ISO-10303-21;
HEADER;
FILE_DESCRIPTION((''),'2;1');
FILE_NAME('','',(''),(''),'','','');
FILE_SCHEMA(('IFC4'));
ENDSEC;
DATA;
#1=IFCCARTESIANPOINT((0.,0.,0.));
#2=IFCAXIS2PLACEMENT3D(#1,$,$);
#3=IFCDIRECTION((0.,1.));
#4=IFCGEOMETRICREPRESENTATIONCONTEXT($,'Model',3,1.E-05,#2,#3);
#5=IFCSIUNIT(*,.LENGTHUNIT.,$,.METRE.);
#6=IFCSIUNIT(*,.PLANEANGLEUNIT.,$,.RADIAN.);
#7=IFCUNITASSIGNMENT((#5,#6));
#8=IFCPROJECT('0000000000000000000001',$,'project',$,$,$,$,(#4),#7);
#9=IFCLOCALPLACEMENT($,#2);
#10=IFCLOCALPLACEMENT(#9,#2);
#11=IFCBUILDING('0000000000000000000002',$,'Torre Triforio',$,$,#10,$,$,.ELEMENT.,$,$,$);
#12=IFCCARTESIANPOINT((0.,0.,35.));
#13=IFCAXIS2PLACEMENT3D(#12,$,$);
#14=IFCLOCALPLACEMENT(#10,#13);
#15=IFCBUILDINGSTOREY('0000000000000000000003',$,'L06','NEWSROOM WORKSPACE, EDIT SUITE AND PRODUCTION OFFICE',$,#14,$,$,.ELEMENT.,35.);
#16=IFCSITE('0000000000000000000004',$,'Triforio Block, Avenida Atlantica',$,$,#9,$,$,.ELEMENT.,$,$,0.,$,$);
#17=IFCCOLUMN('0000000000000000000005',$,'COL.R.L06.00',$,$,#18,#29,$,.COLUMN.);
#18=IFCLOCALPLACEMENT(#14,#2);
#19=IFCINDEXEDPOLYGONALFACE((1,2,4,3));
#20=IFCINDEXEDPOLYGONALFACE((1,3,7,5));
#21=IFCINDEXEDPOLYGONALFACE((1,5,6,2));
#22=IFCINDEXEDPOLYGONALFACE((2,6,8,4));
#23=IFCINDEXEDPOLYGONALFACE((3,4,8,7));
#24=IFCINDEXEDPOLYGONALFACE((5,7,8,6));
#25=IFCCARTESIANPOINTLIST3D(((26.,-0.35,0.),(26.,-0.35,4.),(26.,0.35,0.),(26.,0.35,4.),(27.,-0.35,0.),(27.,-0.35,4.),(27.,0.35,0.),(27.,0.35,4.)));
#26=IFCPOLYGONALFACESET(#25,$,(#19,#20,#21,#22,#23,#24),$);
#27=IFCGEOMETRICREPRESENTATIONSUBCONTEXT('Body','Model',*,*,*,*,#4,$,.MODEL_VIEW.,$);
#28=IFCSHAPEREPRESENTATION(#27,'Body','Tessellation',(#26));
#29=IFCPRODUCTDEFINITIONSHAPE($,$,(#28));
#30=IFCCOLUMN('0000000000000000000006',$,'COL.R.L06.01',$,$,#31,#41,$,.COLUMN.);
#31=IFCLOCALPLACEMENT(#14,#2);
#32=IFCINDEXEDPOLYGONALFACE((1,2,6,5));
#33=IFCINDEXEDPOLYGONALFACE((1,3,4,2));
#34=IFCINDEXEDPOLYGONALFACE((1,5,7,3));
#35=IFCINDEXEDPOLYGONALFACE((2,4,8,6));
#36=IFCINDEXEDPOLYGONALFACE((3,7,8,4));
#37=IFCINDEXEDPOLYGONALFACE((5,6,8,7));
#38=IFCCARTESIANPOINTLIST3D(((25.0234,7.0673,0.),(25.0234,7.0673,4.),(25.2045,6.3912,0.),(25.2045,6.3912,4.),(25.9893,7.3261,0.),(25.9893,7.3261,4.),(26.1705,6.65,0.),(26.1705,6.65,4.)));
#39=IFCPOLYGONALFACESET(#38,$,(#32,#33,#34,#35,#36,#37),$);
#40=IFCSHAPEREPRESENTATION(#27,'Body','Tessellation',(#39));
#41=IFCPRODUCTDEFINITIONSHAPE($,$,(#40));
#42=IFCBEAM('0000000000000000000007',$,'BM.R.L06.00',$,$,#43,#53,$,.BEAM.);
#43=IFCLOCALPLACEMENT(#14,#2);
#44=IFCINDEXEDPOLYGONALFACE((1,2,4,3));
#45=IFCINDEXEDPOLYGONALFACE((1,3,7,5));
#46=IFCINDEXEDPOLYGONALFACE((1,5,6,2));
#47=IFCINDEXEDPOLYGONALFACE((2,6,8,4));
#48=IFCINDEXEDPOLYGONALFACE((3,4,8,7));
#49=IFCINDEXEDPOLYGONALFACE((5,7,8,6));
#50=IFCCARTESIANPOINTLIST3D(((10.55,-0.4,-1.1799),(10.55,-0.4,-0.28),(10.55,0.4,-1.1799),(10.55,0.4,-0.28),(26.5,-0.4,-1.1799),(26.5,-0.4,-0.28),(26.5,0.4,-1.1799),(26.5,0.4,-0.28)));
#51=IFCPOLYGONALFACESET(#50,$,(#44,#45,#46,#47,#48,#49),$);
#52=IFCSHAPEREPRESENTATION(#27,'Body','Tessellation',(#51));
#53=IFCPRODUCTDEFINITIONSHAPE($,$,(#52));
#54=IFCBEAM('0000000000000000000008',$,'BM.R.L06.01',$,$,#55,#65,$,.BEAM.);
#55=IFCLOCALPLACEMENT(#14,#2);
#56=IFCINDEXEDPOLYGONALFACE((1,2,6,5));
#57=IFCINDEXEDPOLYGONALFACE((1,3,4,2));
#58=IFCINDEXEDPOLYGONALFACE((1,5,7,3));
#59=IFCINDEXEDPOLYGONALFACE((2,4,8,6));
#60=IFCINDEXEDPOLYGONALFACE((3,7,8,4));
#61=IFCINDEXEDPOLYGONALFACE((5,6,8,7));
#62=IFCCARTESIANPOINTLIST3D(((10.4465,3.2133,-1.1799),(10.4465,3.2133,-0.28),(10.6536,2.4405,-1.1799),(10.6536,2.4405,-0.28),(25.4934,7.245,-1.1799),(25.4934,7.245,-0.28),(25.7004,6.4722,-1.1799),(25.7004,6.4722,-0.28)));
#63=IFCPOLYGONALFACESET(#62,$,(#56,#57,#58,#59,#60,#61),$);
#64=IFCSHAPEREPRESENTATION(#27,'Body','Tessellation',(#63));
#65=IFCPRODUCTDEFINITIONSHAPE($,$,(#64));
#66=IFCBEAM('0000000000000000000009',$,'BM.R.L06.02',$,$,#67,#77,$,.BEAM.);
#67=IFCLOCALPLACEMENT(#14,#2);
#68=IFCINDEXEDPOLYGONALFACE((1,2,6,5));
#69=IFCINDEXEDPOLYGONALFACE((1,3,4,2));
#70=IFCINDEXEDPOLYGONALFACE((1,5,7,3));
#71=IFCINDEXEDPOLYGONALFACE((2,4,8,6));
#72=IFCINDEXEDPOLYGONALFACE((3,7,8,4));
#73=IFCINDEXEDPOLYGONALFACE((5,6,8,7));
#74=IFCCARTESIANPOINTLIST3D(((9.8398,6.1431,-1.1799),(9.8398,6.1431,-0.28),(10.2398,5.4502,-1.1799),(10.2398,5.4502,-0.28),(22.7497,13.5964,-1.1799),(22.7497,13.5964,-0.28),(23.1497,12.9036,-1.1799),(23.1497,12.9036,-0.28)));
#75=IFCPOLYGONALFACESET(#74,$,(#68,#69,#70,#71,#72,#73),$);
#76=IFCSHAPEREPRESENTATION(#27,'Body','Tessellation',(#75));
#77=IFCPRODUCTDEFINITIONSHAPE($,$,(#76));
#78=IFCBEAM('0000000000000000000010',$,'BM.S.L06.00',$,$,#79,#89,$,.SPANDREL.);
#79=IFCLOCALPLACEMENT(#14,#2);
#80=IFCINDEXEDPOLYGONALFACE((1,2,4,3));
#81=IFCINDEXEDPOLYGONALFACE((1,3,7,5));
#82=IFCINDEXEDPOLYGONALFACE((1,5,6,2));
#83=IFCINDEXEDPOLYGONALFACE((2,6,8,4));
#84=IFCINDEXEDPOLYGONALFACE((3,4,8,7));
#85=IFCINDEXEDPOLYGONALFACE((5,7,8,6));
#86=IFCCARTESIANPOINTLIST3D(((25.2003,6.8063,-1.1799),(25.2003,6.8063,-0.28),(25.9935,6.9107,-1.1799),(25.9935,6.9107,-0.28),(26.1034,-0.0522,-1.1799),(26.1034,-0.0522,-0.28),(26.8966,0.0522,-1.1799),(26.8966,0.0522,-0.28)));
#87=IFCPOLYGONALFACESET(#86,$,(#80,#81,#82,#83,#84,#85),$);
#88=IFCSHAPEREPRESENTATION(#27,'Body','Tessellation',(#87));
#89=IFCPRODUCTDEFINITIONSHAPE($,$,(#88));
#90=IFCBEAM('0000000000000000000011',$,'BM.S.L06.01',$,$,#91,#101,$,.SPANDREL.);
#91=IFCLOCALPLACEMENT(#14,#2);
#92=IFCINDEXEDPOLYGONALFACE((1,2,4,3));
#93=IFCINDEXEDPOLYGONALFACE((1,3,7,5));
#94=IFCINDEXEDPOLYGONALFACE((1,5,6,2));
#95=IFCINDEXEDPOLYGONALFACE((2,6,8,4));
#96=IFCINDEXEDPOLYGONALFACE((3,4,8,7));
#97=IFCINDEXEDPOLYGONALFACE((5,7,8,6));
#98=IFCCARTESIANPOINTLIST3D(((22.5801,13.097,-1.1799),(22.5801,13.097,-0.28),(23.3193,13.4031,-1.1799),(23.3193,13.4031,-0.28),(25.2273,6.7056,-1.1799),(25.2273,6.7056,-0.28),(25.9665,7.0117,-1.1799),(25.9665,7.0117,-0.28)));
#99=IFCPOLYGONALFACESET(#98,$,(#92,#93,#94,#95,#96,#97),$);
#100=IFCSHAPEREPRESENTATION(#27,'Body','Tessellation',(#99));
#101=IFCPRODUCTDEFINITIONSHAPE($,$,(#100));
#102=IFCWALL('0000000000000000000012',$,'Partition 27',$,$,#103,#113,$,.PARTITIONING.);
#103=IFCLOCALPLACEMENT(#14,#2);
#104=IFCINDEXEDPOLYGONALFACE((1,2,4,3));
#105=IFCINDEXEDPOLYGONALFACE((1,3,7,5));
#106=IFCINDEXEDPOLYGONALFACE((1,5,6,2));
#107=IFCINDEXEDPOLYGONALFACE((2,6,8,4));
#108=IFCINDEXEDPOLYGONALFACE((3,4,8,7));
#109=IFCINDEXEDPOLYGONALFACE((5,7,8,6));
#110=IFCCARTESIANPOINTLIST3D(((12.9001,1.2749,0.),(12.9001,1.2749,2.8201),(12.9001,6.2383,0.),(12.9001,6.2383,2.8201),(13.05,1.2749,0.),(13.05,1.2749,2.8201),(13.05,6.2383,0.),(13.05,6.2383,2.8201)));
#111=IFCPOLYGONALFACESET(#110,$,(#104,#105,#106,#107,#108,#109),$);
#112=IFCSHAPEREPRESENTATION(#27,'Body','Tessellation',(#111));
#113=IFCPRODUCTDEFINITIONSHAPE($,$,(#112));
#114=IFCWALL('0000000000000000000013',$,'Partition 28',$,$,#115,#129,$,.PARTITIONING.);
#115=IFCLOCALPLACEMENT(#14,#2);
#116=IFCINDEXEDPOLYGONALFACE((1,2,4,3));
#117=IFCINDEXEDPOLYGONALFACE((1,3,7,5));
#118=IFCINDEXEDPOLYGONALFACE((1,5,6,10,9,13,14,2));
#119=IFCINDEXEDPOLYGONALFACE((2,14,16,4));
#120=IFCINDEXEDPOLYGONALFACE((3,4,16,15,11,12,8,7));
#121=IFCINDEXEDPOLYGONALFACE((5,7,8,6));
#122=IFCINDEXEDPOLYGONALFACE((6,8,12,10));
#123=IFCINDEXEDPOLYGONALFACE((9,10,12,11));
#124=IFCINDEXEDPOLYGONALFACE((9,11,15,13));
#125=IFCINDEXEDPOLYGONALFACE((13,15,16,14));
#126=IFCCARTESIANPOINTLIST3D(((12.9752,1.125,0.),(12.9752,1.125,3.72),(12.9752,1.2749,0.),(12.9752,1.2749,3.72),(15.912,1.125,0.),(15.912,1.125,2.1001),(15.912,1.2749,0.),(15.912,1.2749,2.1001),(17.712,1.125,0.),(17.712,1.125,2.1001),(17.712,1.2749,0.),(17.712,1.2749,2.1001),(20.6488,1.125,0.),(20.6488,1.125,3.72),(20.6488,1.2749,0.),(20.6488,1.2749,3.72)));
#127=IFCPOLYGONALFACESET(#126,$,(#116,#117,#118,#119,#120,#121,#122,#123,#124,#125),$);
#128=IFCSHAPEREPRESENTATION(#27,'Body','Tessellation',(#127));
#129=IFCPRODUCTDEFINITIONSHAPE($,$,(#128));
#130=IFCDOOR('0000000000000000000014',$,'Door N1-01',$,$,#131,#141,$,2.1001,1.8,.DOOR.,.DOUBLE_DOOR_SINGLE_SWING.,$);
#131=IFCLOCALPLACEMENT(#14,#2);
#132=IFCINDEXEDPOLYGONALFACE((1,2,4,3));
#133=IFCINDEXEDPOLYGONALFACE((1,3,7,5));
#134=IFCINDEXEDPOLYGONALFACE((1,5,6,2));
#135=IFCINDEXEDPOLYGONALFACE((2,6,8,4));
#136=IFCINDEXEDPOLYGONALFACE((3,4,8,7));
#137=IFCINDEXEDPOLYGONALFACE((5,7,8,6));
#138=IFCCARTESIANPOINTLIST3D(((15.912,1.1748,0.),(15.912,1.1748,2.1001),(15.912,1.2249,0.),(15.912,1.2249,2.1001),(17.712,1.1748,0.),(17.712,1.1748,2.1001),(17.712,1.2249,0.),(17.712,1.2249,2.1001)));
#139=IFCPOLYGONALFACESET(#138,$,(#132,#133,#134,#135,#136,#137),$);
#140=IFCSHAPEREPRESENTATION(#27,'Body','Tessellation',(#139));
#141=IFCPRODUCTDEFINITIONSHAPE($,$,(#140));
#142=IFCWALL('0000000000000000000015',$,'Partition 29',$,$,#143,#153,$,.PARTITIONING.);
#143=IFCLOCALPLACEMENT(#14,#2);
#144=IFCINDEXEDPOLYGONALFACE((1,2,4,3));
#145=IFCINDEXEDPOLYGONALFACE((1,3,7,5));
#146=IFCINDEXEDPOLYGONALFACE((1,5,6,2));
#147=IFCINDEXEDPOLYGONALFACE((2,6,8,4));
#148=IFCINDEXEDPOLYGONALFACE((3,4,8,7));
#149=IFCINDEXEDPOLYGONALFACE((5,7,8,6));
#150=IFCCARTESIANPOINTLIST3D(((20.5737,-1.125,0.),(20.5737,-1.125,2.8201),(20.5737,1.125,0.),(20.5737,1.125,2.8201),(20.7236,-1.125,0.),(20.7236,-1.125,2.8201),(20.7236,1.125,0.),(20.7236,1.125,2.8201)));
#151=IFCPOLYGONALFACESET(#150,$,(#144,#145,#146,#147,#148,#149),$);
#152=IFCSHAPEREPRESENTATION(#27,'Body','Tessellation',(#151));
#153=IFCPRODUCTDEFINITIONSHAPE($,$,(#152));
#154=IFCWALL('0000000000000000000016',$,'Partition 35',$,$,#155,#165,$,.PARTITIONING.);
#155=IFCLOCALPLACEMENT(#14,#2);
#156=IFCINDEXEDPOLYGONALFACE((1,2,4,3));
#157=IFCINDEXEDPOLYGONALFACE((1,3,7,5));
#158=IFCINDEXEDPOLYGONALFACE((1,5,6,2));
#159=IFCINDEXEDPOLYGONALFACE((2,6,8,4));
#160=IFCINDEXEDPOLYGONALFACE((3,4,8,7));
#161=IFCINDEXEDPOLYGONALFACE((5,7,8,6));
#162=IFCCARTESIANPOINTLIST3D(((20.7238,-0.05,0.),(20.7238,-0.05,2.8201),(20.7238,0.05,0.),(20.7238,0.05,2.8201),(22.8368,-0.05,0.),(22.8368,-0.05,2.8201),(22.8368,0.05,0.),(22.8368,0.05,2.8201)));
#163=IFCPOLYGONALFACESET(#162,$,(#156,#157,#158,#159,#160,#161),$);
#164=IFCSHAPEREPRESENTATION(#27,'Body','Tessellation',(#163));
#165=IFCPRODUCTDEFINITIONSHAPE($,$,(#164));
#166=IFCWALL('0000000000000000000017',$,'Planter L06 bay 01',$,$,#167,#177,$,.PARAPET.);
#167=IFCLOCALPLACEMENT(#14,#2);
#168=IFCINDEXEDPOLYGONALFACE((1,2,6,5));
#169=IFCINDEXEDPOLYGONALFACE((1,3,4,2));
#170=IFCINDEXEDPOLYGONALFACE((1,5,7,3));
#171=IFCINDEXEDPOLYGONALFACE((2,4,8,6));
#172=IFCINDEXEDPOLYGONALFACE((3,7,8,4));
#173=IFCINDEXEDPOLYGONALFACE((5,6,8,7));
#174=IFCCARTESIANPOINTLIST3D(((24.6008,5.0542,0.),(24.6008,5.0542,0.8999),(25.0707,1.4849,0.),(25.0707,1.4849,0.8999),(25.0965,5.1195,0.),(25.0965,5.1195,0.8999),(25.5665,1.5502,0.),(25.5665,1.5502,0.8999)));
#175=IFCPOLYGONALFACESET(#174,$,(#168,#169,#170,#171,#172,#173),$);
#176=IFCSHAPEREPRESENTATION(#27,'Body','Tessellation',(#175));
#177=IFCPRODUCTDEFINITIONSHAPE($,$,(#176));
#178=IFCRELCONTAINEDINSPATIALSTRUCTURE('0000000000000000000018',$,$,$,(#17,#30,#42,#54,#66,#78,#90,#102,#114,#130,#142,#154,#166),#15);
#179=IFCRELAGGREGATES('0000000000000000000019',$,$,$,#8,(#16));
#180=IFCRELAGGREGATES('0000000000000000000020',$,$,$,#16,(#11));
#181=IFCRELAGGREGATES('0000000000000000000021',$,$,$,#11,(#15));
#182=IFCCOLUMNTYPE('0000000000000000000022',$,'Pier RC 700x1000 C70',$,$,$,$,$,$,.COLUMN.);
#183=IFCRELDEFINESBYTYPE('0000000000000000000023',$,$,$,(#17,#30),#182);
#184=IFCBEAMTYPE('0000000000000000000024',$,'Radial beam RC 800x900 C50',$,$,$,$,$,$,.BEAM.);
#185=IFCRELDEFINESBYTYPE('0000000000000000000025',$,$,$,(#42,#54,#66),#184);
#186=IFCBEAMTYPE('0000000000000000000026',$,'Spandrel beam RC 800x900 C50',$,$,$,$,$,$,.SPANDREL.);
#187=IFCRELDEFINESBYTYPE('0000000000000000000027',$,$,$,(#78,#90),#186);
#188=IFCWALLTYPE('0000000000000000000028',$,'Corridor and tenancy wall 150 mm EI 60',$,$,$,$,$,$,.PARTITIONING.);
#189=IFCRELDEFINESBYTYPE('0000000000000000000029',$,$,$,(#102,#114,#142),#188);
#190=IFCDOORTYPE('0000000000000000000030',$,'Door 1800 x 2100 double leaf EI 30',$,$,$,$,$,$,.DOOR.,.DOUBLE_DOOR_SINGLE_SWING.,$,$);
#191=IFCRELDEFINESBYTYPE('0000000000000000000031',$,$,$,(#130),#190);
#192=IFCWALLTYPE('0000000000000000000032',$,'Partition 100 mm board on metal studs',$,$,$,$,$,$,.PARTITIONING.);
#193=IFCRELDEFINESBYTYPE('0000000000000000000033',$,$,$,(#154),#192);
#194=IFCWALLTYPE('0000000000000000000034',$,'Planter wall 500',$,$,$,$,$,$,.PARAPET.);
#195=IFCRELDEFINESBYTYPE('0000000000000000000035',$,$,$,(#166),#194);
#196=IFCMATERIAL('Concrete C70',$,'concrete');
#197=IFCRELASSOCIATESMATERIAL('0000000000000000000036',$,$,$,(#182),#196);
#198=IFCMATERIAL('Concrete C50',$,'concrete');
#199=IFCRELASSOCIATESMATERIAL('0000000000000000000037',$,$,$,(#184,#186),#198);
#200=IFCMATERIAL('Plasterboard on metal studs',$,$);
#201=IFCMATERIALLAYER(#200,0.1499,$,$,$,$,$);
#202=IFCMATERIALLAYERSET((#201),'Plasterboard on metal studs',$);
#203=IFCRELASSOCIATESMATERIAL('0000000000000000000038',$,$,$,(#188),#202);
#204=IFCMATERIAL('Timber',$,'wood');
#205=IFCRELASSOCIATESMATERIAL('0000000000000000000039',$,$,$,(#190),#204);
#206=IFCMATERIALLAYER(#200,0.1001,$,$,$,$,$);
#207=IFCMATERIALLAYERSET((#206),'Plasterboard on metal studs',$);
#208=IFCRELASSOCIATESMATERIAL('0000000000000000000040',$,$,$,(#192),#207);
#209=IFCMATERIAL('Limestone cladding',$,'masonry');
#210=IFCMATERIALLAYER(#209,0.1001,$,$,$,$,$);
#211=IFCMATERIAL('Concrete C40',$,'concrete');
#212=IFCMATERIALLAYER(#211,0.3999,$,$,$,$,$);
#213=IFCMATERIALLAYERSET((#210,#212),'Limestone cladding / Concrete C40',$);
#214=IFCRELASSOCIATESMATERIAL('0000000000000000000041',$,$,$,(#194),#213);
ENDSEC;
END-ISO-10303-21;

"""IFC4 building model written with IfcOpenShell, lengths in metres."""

from ifc_helpers import new_model, si_unit, direction, frame, frame_2d, origin, origin_2d, place, context, subcontext, project, spatial, rectangle, extrude, material, layer, layer_set, material_profile, profile_set, type_object, element, fill, save


model = new_model("IFC4")

# Units and contexts
model_context = context("Model", 3, precision=1e-05, world=origin(), true_north=direction((0.0, 1.0)))
body_context = subcontext(model_context, "Body", "Model", "MODEL_VIEW")
ifc_project = project(units=[si_unit("LENGTHUNIT", "METRE"), si_unit("PLANEANGLEUNIT", "RADIAN")], contexts=[model_context])

# Site, building, storey
site_placement = place(None, origin())
site = spatial("IfcSite", under=ifc_project, at=site_placement, Name="Triforio Block, Avenida Atlantica", CompositionType="ELEMENT", RefElevation=0.0)
building_placement = place(site_placement, origin())
building = spatial("IfcBuilding", under=site, at=building_placement, Name="Torre Triforio", CompositionType="ELEMENT")
storey_placement = place(building_placement, frame((0.0, 0.0, 35.0)))
storey = spatial("IfcBuildingStorey", under=building, at=storey_placement, Name="L06", Description="NEWSROOM WORKSPACE, EDIT SUITE AND PRODUCTION OFFICE", CompositionType="ELEMENT", Elevation=35.0)

# Columns
ifc_material_1 = material(Name="Concrete C70", Category="concrete")
ifc_material_profile_1 = material_profile(ifc_material_1, rectangle(XDim=0.7, YDim=1.0, at=origin_2d()), Name="RC 700x1000")
ifc_profile_set_1 = profile_set([ifc_material_profile_1], Name="Concrete C70")
column_type = type_object("IfcColumnType", Name="Pier RC 700x1000 C70", PredefinedType="COLUMN", material=ifc_profile_set_1)
for number, where, z_axis, x_axis, name in (
    (1, (26.5, 0.0, 0.0), (0.0, 0.0, 1.0), (0.0, 1.0, 0.0), "COL.R.L06.00"),
    (2, (25.5969, 6.8586, 0.0), (0.0, 0.0, 1.0), (-0.258819, 0.965926, 0.0), "COL.R.L06.01"),
):
    element("IfcColumn", number, at=place(storey_placement, frame(where, z_axis=z_axis, x_axis=x_axis)), inside=storey, type_object=column_type, Name=name, PredefinedType="COLUMN", context=body_context, shape_type="SweptSolid", body=[
        extrude(rectangle(XDim=0.7, YDim=1.0, at=origin_2d()), origin(), (0.0, 0.0, 1.0), 4.0),
    ])

# Beams
ifc_material_2 = material(Name="Concrete C50", Category="concrete")
ifc_material_profile_2 = material_profile(ifc_material_2, rectangle(XDim=0.8, YDim=0.8999, at=origin_2d()), Name="RC 800x900")
ifc_profile_set_2 = profile_set([ifc_material_profile_2], Name="Concrete C50")
beam_type_1 = type_object("IfcBeamType", Name="Radial beam RC 800x900 C50", PredefinedType="BEAM", material=ifc_profile_set_2)
beam_1_placement = place(storey_placement, frame((10.55, 0.0, -0.73), z_axis=(1.0, 0.0, 0.0), x_axis=(0.0, 1.0, 0.0)))
element("IfcBeam", 3, at=beam_1_placement, inside=storey, type_object=beam_type_1, Name="BM.R.L06.00", PredefinedType="BEAM", context=body_context, shape_type="SweptSolid", body=[
    extrude(rectangle(XDim=0.8, YDim=0.8999, at=origin_2d()), origin(), (0.0, 0.0, 1.0), 15.95),
])
beam_2_placement = place(storey_placement, frame((10.55, 2.8269, -0.73), z_axis=(0.965927, 0.258815, 0.0), x_axis=(-0.258815, 0.965927, 0.0)))
element("IfcBeam", 4, at=beam_2_placement, inside=storey, type_object=beam_type_1, Name="BM.R.L06.01", PredefinedType="BEAM", context=body_context, shape_type="SweptSolid", body=[
    extrude(rectangle(XDim=0.8, YDim=0.8999, at=origin_2d()), origin(), (0.0, 0.0, 1.0), 15.5776),
])
beam_3_placement = place(storey_placement, frame((10.0398, 5.7966, -0.73), z_axis=(0.86603, 0.499991, 0.0), x_axis=(-0.499991, 0.86603, 0.0)))
element("IfcBeam", 5, at=beam_3_placement, inside=storey, type_object=beam_type_1, Name="BM.R.L06.02", PredefinedType="BEAM", context=body_context, shape_type="SweptSolid", body=[
    extrude(rectangle(XDim=0.8, YDim=0.8999, at=origin_2d()), origin(), (0.0, 0.0, 1.0), 14.907),
])
ifc_material_profile_3 = material_profile(ifc_material_2, rectangle(XDim=0.8, YDim=0.8999, at=origin_2d()), Name="RC 800x900")
ifc_profile_set_3 = profile_set([ifc_material_profile_3], Name="Concrete C50")
beam_type_2 = type_object("IfcBeamType", Name="Spandrel beam RC 800x900 C50", PredefinedType="SPANDREL", material=ifc_profile_set_3)
beam_4_placement = place(storey_placement, frame((26.5, 0.0, -0.73), z_axis=(-0.130543, 0.991443, 0.0), x_axis=(-0.991443, -0.130543, 0.0)))
element("IfcBeam", 6, at=beam_4_placement, inside=storey, type_object=beam_type_2, Name="BM.S.L06.00", PredefinedType="SPANDREL", context=body_context, shape_type="SweptSolid", body=[
    extrude(rectangle(XDim=0.8, YDim=0.8999, at=origin_2d()), origin(), (0.0, 0.0, 1.0), 6.9177),
])
beam_5_placement = place(storey_placement, frame((25.5969, 6.8586, -0.73), z_axis=(-0.382662, 0.923888, 0.0), x_axis=(-0.923888, -0.382662, 0.0)))
element("IfcBeam", 7, at=beam_5_placement, inside=storey, type_object=beam_type_2, Name="BM.S.L06.01", PredefinedType="SPANDREL", context=body_context, shape_type="SweptSolid", body=[
    extrude(rectangle(XDim=0.8, YDim=0.8999, at=origin_2d()), origin(), (0.0, 0.0, 1.0), 6.918),
])

# Wall
ifc_material_3 = material(Name="Plasterboard on metal studs")
ifc_layer_1 = layer(ifc_material_3, 0.1499)
ifc_layer_set_1 = layer_set([ifc_layer_1], Name="Plasterboard on metal studs")
wall_type_1 = type_object("IfcWallType", Name="Corridor and tenancy wall 150 mm EI 60", PredefinedType="PARTITIONING", material=ifc_layer_set_1)
wall_1_placement = place(storey_placement, frame((12.9751, 6.2383, 0.0), z_axis=(0.0, 0.0, 1.0), x_axis=(0.0, -1.0, 0.0)))
element("IfcWall", 8, at=wall_1_placement, inside=storey, type_object=wall_type_1, Name="Partition 27", PredefinedType="PARTITIONING", context=body_context, shape_type="SweptSolid", body=[
    extrude(rectangle(XDim=4.9634, YDim=0.1499, at=frame_2d((2.4817, 0.0))), origin(), (0.0, 0.0, 1.0), 2.8201),
])

# Wall, opening, door
wall_2_placement = place(storey_placement, frame((12.9751, 1.2, 0.0), z_axis=(0.0, 0.0, 1.0), x_axis=(1.0, 0.0, 0.0)))
wall_2 = element("IfcWall", 9, at=wall_2_placement, inside=storey, type_object=wall_type_1, Name="Partition 28", PredefinedType="PARTITIONING", context=body_context, shape_type="SweptSolid", body=[
    extrude(rectangle(XDim=7.6736, YDim=0.1499, at=frame_2d((3.8369, 0.0))), origin(), (0.0, 0.0, 1.0), 3.72),
])
opening_1_placement = place(wall_2_placement, frame((2.937, 0.0, 0.0)))
opening_1 = element("IfcOpeningElement", 10, at=opening_1_placement, cuts=wall_2, PredefinedType="OPENING", context=body_context, shape_type="SweptSolid", body=[
    extrude(rectangle(XDim=1.8, YDim=2.1001, at=frame_2d((0.8999, 1.05))), frame((0.0, 0.085, 0.0), z_axis=(0.0, -1.0, 0.0), x_axis=(1.0, 0.0, 0.0)), (0.0, 0.0, 1.0), 0.1699),
])
ifc_material_4 = material(Name="Timber", Category="wood")
door_type_1 = type_object("IfcDoorType", Name="Door 1800 x 2100 double leaf EI 30", OperationType="DOUBLE_DOOR_SINGLE_SWING", PredefinedType="DOOR", material=ifc_material_4)
door_1_placement = place(opening_1_placement, origin())
door_1 = element("IfcDoor", 11, at=door_1_placement, inside=storey, type_object=door_type_1, Name="Door N1-01", OperationType="DOUBLE_DOOR_SINGLE_SWING", OverallHeight=2.1001, OverallWidth=1.8, PredefinedType="DOOR", context=body_context, shape_type="SweptSolid", body=[
    extrude(rectangle(XDim=1.8, YDim=2.1001, at=frame_2d((0.8999, 1.05))), frame((0.0, 0.0249, 0.0), z_axis=(0.0, -1.0, 0.0), x_axis=(1.0, 0.0, 0.0)), (0.0, 0.0, 1.0), 0.05),
])
fill(opening_1, door_1)

# Walls
wall_3_placement = place(storey_placement, frame((20.6487, 1.125, 0.0), z_axis=(0.0, 0.0, 1.0), x_axis=(0.0, -1.0, 0.0)))
element("IfcWall", 12, at=wall_3_placement, inside=storey, type_object=wall_type_1, Name="Partition 29", PredefinedType="PARTITIONING", context=body_context, shape_type="SweptSolid", body=[
    extrude(rectangle(XDim=2.25, YDim=0.1499, at=frame_2d((1.125, 0.0))), origin(), (0.0, 0.0, 1.0), 2.8201),
])
ifc_layer_2 = layer(ifc_material_3, 0.1001)
ifc_layer_set_2 = layer_set([ifc_layer_2], Name="Plasterboard on metal studs")
wall_type_2 = type_object("IfcWallType", Name="Partition 100 mm board on metal studs", PredefinedType="PARTITIONING", material=ifc_layer_set_2)
wall_4_placement = place(storey_placement, frame((20.7236, 0.0, 0.0), z_axis=(0.0, 0.0, 1.0), x_axis=(1.0, 0.0, 0.0)))
element("IfcWall", 13, at=wall_4_placement, inside=storey, type_object=wall_type_2, Name="Partition 35", PredefinedType="PARTITIONING", context=body_context, shape_type="SweptSolid", body=[
    extrude(rectangle(XDim=2.113, YDim=0.1001, at=frame_2d((1.0566, 0.0))), origin(), (0.0, 0.0, 1.0), 2.8201),
])
ifc_material_5 = material(Name="Limestone cladding", Category="masonry")
ifc_layer_3 = layer(ifc_material_5, 0.1001)
ifc_material_6 = material(Name="Concrete C40", Category="concrete")
ifc_layer_4 = layer(ifc_material_6, 0.3999)
ifc_layer_set_3 = layer_set([ifc_layer_3, ifc_layer_4], Name="Limestone cladding / Concrete C40")
wall_type_3 = type_object("IfcWallType", Name="Planter wall 500", PredefinedType="PARAPET", material=ifc_layer_set_3)
wall_5_placement = place(storey_placement, frame((25.3186, 1.5176, 0.0), z_axis=(0.0, 0.0, 1.0), x_axis=(-0.130542, 0.991443, 0.0)))
element("IfcWall", 14, at=wall_5_placement, inside=storey, type_object=wall_type_3, Name="Planter L06 bay 01", PredefinedType="PARAPET", context=body_context, shape_type="SweptSolid", body=[
    extrude(rectangle(XDim=3.6001, YDim=0.5, at=frame_2d((1.8, 0.0))), origin(), (0.0, 0.0, 1.0), 0.8999),
])

save(model, "model.ifc")
